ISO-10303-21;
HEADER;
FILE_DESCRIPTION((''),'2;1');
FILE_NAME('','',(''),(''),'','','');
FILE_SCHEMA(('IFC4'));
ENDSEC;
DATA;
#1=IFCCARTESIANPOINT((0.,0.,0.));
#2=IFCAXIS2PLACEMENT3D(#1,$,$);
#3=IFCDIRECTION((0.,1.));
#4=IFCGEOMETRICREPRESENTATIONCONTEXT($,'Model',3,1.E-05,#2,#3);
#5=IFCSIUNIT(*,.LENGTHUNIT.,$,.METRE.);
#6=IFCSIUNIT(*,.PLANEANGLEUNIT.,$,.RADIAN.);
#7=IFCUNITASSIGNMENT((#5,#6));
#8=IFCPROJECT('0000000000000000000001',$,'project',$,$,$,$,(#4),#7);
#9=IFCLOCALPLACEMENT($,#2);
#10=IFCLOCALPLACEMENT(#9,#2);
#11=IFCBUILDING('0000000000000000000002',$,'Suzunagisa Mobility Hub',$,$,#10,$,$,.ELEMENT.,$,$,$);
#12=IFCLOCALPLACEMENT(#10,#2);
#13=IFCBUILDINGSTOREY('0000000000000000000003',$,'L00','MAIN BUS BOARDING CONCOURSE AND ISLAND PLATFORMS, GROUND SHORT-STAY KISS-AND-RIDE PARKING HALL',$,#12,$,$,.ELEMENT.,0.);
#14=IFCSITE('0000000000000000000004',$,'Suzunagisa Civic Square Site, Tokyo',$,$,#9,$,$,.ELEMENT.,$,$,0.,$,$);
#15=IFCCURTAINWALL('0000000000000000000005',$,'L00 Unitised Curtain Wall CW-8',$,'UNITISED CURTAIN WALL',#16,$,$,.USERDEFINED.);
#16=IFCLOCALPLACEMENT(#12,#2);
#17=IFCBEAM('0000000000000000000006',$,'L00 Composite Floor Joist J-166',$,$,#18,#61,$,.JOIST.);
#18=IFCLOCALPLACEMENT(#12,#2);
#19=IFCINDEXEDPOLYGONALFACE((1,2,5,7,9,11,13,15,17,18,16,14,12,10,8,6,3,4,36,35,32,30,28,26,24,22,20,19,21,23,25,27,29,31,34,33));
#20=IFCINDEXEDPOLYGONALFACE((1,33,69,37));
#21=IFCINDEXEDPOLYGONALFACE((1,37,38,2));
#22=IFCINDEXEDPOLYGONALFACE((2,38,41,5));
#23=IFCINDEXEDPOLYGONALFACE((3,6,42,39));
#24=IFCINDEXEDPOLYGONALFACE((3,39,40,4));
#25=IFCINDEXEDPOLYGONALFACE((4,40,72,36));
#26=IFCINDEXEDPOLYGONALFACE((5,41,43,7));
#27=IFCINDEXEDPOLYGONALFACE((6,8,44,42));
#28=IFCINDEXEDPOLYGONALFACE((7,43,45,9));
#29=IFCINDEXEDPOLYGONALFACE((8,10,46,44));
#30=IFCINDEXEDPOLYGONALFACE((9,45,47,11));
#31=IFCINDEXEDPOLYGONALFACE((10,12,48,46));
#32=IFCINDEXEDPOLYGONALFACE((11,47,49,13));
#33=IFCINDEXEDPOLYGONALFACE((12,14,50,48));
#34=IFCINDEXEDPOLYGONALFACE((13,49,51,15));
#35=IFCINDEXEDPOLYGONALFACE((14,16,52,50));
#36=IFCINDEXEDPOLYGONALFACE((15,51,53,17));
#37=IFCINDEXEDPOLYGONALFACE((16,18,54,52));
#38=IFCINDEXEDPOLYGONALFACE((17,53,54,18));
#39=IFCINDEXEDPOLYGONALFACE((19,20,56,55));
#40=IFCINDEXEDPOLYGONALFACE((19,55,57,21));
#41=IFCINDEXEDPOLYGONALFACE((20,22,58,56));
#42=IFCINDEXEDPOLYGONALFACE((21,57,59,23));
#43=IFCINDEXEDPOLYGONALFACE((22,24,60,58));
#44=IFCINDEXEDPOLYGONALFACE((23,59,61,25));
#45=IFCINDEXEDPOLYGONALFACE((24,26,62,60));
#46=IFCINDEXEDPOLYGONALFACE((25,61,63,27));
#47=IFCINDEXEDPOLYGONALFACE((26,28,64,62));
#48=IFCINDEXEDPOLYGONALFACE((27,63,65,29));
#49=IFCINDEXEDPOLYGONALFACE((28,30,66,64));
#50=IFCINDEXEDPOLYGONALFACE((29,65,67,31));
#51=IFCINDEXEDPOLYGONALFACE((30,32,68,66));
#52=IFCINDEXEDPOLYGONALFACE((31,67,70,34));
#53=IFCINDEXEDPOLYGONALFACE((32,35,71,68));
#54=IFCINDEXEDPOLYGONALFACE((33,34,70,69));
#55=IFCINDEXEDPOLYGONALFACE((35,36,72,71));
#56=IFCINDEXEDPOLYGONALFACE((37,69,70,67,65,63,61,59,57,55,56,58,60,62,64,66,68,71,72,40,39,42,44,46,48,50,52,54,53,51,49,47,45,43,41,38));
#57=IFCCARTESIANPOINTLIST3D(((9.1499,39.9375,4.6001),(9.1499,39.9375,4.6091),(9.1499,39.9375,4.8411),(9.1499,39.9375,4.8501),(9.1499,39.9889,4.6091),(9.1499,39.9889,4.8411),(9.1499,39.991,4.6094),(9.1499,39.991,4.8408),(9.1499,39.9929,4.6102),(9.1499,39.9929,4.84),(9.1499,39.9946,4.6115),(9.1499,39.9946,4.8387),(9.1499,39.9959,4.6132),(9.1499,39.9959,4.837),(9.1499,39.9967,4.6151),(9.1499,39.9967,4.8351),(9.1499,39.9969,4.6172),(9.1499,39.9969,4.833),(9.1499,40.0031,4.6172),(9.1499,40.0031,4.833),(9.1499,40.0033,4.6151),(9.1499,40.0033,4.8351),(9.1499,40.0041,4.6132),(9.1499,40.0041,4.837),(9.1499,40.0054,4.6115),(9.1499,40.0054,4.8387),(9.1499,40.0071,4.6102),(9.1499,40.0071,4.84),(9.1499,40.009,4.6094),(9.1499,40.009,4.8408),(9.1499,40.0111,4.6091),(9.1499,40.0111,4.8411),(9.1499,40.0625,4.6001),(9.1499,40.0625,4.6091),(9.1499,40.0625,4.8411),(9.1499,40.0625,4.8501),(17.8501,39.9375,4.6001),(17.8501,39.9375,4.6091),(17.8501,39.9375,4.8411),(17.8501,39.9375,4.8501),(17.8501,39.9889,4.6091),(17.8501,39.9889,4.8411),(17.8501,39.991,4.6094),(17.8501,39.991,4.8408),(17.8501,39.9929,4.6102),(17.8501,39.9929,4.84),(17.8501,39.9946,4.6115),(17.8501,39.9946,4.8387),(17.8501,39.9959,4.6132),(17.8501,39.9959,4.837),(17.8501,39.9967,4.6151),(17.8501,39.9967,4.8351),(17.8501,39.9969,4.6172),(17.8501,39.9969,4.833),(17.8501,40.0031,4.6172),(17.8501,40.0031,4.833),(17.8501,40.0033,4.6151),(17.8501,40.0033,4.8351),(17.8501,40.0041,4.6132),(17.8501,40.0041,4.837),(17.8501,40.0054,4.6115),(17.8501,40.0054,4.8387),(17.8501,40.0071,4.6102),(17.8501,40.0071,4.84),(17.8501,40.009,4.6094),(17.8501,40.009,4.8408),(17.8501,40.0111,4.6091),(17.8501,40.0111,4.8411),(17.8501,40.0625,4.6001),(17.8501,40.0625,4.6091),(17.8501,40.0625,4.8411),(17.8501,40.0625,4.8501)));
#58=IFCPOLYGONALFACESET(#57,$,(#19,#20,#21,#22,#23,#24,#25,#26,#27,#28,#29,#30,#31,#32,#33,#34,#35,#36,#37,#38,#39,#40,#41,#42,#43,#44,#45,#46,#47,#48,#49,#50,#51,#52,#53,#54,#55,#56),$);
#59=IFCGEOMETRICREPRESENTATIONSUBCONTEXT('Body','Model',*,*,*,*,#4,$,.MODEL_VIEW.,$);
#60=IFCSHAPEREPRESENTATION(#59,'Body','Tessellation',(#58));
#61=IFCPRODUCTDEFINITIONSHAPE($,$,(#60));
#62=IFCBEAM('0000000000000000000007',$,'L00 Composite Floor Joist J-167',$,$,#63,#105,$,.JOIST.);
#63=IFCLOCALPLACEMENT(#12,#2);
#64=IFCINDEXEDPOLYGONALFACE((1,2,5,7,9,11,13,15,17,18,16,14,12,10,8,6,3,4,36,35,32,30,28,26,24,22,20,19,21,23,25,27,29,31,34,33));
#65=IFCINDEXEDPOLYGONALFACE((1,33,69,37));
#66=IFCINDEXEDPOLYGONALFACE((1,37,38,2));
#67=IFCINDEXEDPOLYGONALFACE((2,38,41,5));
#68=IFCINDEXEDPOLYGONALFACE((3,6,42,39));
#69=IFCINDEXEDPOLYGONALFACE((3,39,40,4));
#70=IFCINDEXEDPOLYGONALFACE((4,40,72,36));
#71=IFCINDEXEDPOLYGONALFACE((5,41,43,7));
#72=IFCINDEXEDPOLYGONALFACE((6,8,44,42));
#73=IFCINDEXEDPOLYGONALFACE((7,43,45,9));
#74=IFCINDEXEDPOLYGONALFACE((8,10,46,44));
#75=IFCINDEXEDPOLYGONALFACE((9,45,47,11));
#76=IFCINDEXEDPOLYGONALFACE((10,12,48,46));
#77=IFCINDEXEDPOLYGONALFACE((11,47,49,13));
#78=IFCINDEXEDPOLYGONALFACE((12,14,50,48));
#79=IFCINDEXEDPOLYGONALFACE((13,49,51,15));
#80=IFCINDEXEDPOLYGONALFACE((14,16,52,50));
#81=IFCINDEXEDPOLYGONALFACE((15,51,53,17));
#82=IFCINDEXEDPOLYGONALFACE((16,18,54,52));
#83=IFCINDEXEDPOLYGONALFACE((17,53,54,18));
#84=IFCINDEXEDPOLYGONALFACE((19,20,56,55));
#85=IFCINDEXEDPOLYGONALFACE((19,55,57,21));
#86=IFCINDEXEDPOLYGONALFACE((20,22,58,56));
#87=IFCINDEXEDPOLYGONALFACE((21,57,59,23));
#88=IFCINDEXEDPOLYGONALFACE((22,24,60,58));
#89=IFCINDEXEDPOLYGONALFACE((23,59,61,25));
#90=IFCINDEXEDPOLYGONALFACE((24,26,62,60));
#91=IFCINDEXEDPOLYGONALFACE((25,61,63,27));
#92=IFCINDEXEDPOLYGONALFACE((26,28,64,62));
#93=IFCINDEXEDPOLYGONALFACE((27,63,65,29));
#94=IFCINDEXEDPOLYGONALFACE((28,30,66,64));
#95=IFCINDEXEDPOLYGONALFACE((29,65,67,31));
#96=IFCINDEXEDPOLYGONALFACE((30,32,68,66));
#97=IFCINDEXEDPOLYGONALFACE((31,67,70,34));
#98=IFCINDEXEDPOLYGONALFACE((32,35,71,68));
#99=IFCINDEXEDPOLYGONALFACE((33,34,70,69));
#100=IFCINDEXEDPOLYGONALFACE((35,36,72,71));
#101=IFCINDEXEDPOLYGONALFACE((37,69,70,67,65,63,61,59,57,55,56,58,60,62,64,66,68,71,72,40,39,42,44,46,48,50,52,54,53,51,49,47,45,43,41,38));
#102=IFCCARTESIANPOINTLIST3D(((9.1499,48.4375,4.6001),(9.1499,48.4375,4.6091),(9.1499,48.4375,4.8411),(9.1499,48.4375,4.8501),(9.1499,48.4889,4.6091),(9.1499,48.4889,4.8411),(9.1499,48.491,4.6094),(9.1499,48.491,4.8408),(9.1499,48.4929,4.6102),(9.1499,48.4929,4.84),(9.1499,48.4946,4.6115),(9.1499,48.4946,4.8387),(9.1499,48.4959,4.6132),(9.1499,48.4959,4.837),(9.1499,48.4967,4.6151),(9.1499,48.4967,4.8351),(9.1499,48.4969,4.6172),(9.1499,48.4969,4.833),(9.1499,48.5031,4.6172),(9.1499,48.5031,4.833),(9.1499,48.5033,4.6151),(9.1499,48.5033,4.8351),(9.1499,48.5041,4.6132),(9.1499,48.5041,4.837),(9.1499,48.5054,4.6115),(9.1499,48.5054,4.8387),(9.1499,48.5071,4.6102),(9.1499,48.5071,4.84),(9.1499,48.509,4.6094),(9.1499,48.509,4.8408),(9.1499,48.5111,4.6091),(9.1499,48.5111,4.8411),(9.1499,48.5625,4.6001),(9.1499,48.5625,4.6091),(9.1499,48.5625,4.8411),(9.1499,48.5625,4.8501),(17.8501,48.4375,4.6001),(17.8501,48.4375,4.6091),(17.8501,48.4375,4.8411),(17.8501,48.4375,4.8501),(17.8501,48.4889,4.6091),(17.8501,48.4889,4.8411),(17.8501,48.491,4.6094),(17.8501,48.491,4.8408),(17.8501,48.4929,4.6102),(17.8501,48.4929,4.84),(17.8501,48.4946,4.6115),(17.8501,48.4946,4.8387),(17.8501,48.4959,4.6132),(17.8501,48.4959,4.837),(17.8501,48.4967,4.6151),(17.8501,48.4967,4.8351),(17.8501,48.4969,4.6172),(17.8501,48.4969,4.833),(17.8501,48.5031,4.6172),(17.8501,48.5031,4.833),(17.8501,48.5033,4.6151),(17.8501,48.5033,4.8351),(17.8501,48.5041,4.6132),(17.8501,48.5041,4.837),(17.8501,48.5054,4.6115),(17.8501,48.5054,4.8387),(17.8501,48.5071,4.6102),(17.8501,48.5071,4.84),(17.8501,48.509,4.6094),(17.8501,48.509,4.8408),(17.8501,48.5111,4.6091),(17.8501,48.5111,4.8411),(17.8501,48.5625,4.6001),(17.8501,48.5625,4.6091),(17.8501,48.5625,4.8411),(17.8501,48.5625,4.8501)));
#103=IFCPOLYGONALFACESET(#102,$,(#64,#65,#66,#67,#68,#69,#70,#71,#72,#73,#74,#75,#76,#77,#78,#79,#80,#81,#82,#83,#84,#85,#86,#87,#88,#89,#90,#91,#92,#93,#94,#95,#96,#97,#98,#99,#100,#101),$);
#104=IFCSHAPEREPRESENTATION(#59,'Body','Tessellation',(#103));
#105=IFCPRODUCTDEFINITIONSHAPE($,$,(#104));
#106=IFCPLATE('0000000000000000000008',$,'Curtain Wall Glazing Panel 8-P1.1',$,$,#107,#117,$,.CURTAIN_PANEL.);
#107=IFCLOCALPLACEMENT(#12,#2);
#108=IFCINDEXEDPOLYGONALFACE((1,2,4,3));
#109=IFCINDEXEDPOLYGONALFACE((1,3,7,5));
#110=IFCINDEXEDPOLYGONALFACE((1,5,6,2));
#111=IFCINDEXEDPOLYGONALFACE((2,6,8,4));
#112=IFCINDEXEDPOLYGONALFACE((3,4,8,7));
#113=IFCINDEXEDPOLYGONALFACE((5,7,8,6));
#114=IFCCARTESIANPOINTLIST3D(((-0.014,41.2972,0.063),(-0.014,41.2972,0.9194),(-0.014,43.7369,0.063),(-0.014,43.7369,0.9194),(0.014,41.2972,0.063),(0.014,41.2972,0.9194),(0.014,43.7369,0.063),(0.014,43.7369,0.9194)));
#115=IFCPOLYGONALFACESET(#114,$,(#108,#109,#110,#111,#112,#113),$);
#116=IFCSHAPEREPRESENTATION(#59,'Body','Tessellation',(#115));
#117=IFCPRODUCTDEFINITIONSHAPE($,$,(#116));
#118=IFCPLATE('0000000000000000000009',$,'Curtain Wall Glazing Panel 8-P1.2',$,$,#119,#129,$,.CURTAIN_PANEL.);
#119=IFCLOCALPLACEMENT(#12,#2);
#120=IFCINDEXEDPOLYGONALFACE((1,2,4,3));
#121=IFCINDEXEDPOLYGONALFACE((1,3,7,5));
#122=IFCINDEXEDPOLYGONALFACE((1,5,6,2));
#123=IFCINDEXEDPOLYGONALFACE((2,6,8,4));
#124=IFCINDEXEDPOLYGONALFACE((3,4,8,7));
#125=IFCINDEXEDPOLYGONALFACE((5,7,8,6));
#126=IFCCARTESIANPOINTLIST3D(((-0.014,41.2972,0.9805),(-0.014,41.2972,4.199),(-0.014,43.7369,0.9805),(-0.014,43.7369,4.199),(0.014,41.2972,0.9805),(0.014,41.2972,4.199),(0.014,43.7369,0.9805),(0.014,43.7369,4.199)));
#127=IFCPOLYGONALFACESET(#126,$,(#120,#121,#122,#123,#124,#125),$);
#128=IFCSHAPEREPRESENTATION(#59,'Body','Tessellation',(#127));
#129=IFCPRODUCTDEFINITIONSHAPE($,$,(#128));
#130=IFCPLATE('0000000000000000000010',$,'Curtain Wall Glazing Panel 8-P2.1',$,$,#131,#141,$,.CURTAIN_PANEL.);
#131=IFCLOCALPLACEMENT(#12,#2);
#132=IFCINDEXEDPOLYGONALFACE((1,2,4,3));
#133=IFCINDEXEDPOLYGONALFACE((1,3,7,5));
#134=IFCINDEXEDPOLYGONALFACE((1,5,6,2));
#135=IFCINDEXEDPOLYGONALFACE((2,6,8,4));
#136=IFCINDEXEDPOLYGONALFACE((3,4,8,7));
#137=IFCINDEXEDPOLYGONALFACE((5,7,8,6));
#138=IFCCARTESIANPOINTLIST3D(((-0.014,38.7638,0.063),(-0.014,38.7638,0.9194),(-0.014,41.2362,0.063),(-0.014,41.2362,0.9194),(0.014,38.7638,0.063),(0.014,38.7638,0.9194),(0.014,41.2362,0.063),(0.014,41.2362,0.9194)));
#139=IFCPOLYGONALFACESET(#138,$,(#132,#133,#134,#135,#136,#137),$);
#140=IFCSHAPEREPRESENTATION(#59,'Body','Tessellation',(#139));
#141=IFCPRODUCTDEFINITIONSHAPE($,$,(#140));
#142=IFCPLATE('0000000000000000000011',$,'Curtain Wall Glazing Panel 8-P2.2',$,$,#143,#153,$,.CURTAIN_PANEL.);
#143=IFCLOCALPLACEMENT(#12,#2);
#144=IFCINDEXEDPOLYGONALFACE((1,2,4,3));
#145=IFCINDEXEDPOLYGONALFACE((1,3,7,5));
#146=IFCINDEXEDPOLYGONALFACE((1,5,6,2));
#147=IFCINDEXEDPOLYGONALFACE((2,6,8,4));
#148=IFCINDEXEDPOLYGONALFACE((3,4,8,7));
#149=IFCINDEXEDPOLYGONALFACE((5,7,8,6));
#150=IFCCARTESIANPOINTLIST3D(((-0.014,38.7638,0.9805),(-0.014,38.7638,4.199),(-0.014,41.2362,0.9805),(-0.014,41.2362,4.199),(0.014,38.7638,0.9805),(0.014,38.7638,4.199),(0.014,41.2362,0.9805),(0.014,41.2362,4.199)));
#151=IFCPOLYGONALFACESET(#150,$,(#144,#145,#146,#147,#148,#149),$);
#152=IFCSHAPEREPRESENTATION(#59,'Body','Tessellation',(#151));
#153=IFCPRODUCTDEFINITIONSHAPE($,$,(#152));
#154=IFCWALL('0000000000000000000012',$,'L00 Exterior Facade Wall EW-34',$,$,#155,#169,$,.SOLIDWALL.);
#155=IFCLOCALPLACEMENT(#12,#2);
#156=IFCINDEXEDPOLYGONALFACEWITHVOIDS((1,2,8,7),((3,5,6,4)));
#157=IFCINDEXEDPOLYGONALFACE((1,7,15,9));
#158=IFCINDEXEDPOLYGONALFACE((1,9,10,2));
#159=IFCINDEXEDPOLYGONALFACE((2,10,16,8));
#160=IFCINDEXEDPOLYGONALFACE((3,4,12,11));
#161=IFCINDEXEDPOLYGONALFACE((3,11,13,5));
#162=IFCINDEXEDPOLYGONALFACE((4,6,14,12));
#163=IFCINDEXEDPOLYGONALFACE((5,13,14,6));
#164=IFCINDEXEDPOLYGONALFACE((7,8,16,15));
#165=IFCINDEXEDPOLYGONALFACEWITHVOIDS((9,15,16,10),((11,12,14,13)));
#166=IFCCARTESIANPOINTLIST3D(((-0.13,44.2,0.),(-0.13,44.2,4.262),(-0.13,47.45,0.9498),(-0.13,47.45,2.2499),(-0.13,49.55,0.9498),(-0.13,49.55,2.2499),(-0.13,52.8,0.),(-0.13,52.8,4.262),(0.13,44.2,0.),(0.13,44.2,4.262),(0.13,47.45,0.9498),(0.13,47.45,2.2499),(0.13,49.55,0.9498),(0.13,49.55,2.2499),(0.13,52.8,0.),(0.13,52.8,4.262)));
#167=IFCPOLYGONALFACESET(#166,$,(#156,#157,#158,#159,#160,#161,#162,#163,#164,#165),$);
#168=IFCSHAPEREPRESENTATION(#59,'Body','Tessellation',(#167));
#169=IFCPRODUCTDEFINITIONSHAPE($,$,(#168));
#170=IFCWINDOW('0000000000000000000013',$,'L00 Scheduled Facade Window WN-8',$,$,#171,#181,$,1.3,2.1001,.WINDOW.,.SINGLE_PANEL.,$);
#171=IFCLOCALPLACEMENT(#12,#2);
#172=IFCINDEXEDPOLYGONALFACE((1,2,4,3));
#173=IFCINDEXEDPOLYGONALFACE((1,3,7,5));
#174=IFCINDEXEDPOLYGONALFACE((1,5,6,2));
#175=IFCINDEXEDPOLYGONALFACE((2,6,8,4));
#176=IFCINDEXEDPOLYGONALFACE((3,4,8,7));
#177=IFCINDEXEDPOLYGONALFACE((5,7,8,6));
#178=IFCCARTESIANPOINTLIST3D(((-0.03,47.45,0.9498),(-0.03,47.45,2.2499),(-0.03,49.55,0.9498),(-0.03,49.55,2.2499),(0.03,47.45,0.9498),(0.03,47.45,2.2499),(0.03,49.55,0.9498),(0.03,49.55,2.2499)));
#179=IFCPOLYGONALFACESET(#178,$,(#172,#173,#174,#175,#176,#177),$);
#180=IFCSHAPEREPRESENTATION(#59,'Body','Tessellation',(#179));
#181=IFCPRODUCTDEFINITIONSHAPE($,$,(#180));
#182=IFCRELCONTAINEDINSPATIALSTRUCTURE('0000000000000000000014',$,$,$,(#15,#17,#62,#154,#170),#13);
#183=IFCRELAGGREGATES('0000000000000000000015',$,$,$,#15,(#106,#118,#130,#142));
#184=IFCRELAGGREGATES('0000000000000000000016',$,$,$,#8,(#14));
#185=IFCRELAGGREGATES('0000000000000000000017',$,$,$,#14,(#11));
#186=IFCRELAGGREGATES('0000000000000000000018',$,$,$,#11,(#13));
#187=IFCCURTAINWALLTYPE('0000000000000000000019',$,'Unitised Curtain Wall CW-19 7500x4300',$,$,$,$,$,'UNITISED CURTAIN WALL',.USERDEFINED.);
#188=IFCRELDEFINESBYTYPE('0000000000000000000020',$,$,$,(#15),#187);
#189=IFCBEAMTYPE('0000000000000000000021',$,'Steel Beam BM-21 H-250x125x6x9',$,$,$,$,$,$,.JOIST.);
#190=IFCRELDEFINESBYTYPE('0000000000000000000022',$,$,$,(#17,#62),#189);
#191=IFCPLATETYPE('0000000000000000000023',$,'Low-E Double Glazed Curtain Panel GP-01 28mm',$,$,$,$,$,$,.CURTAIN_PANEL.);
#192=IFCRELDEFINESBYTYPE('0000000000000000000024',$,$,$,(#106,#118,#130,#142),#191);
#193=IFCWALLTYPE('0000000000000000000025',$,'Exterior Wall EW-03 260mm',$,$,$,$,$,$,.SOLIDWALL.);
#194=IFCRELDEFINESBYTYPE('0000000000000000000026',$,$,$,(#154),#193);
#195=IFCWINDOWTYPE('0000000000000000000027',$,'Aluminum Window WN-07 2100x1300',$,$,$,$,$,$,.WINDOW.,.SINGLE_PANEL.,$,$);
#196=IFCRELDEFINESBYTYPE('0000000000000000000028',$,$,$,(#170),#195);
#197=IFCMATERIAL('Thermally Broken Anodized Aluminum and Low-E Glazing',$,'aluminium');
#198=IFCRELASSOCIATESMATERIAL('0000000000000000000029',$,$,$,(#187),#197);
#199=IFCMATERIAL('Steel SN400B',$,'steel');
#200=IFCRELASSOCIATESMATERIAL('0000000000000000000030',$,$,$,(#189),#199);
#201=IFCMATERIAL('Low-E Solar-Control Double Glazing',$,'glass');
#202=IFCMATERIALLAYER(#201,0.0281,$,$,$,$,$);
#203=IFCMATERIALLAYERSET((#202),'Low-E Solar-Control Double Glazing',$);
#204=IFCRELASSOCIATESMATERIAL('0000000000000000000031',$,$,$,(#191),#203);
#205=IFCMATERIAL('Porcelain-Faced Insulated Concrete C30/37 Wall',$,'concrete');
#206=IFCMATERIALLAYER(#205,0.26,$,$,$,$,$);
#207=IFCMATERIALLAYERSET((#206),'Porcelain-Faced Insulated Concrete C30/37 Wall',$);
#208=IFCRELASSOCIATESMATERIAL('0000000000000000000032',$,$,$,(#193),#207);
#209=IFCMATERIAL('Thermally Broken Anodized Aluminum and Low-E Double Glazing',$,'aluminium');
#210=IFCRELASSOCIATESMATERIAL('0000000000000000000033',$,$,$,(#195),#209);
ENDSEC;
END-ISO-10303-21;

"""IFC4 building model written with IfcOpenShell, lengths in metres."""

from ifc_helpers import new_model, si_unit, direction, frame, frame_2d, origin, origin_2d, place, context, subcontext, project, spatial, rectangle, i_section, extrude, material, layer, layer_set, material_profile, profile_set, type_object, element, fill, aggregate, save


model = new_model("IFC4")

# Units and contexts
model_context = context("Model", 3, precision=1e-05, world=origin(), true_north=direction((0.0, 1.0)))
body_context = subcontext(model_context, "Body", "Model", "MODEL_VIEW")
ifc_project = project(units=[si_unit("LENGTHUNIT", "METRE"), si_unit("PLANEANGLEUNIT", "RADIAN")], contexts=[model_context])

# Site, building, storey
site_placement = place(None, origin())
site = spatial("IfcSite", under=ifc_project, at=site_placement, Name="Suzunagisa Civic Square Site, Tokyo", CompositionType="ELEMENT", RefElevation=0.0)
building_placement = place(site_placement, origin())
building = spatial("IfcBuilding", under=site, at=building_placement, Name="Suzunagisa Mobility Hub", CompositionType="ELEMENT")
storey_placement = place(building_placement, origin())
storey = spatial("IfcBuildingStorey", under=building, at=storey_placement, Name="L00", Description="MAIN BUS BOARDING CONCOURSE AND ISLAND PLATFORMS, GROUND SHORT-STAY KISS-AND-RIDE PARKING HALL", CompositionType="ELEMENT", Elevation=0.0)

# Curtain wall
ifc_material_1 = material(Name="Thermally Broken Anodized Aluminum and Low-E Glazing", Category="aluminium")
curtain_wall_type = type_object("IfcCurtainWallType", Name="Unitised Curtain Wall CW-19 7500x4300", ElementType="UNITISED CURTAIN WALL", PredefinedType="USERDEFINED", material=ifc_material_1)
curtain_wall_placement = place(storey_placement, origin())
curtain_wall = element("IfcCurtainWall", 1, at=curtain_wall_placement, inside=storey, type_object=curtain_wall_type, Name="L00 Unitised Curtain Wall CW-8", ObjectType="UNITISED CURTAIN WALL", PredefinedType="USERDEFINED")

# Beams
ifc_material_2 = material(Name="Steel SN400B", Category="steel")
ifc_material_profile_1 = material_profile(ifc_material_2, i_section(OverallWidth=0.125, OverallDepth=0.25, WebThickness=0.0061, FlangeThickness=0.009, FilletRadius=0.0081, at=origin_2d()), Name="H-250x125x6x9")
ifc_profile_set_1 = profile_set([ifc_material_profile_1], Name="Steel SN400B")
beam_type_1 = type_object("IfcBeamType", Name="Steel Beam BM-21 H-250x125x6x9", PredefinedType="JOIST", material=ifc_profile_set_1)
for number, where, z_axis, x_axis, name in (
    (2, (9.1499, 40.0, 4.7251), (1.0, 0.0, 0.0), (0.0, 1.0, 0.0), "L00 Composite Floor Joist J-166"),
    (3, (9.1499, 48.5, 4.7251), (1.0, 0.0, 0.0), (0.0, 1.0, 0.0), "L00 Composite Floor Joist J-167"),
):
    element("IfcBeam", number, at=place(storey_placement, frame(where, z_axis=z_axis, x_axis=x_axis)), inside=storey, type_object=beam_type_1, Name=name, PredefinedType="JOIST", context=body_context, shape_type="SweptSolid", body=[
        extrude(i_section(OverallWidth=0.125, OverallDepth=0.25, WebThickness=0.0061, FlangeThickness=0.009, FilletRadius=0.0081, at=origin_2d()), origin(), (0.0, 0.0, 1.0), 8.7002),
    ])

# Plates
ifc_material_3 = material(Name="Low-E Solar-Control Double Glazing", Category="glass")
ifc_layer_1 = layer(ifc_material_3, 0.0281)
ifc_layer_set_1 = layer_set([ifc_layer_1], Name="Low-E Solar-Control Double Glazing")
plate_type = type_object("IfcPlateType", Name="Low-E Double Glazed Curtain Panel GP-01 28mm", PredefinedType="CURTAIN_PANEL", material=ifc_layer_set_1)
plate_1_placement = place(storey_placement, frame((0.0, 42.5171, 0.063), z_axis=(0.0, 0.0, 1.0), x_axis=(0.0, -1.0, 0.0)))
plate_1 = element("IfcPlate", 4, at=plate_1_placement, type_object=plate_type, Name="Curtain Wall Glazing Panel 8-P1.1", PredefinedType="CURTAIN_PANEL", context=body_context, shape_type="SweptSolid", body=[
    extrude(rectangle(XDim=2.4397, YDim=0.0281, at=origin_2d()), origin(), (0.0, 0.0, 1.0), 0.8564),
])
plate_2_placement = place(storey_placement, frame((0.0, 42.5171, 0.9805), z_axis=(0.0, 0.0, 1.0), x_axis=(0.0, -1.0, 0.0)))
plate_2 = element("IfcPlate", 5, at=plate_2_placement, type_object=plate_type, Name="Curtain Wall Glazing Panel 8-P1.2", PredefinedType="CURTAIN_PANEL", context=body_context, shape_type="SweptSolid", body=[
    extrude(rectangle(XDim=2.4397, YDim=0.0281, at=origin_2d()), origin(), (0.0, 0.0, 1.0), 3.2185),
])
plate_3_placement = place(storey_placement, frame((0.0, 40.0, 0.063), z_axis=(0.0, 0.0, 1.0), x_axis=(0.0, -1.0, 0.0)))
plate_3 = element("IfcPlate", 6, at=plate_3_placement, type_object=plate_type, Name="Curtain Wall Glazing Panel 8-P2.1", PredefinedType="CURTAIN_PANEL", context=body_context, shape_type="SweptSolid", body=[
    extrude(rectangle(XDim=2.4724, YDim=0.0281, at=origin_2d()), origin(), (0.0, 0.0, 1.0), 0.8564),
])
plate_4_placement = place(storey_placement, frame((0.0, 40.0, 0.9805), z_axis=(0.0, 0.0, 1.0), x_axis=(0.0, -1.0, 0.0)))
plate_4 = element("IfcPlate", 7, at=plate_4_placement, type_object=plate_type, Name="Curtain Wall Glazing Panel 8-P2.2", PredefinedType="CURTAIN_PANEL", context=body_context, shape_type="SweptSolid", body=[
    extrude(rectangle(XDim=2.4724, YDim=0.0281, at=origin_2d()), origin(), (0.0, 0.0, 1.0), 3.2185),
])
aggregate(curtain_wall, [plate_1, plate_2, plate_3, plate_4])

# Wall, opening, window
ifc_material_4 = material(Name="Porcelain-Faced Insulated Concrete C30/37 Wall", Category="concrete")
ifc_layer_2 = layer(ifc_material_4, 0.26)
ifc_layer_set_2 = layer_set([ifc_layer_2], Name="Porcelain-Faced Insulated Concrete C30/37 Wall")
wall_type = type_object("IfcWallType", Name="Exterior Wall EW-03 260mm", PredefinedType="SOLIDWALL", material=ifc_layer_set_2)
wall_placement = place(storey_placement, frame((0.0, 52.8, 0.0), z_axis=(0.0, 0.0, 1.0), x_axis=(0.0, -1.0, 0.0)))
wall = element("IfcWall", 8, at=wall_placement, inside=storey, type_object=wall_type, Name="L00 Exterior Facade Wall EW-34", PredefinedType="SOLIDWALL", context=body_context, shape_type="SweptSolid", body=[
    extrude(rectangle(XDim=8.6001, YDim=0.26, at=frame_2d((4.3, 0.0))), origin(), (0.0, 0.0, 1.0), 4.262),
])
opening_placement = place(wall_placement, frame((3.25, 0.0, 0.95)))
opening = element("IfcOpeningElement", 9, at=opening_placement, cuts=wall, PredefinedType="OPENING", context=body_context, shape_type="SweptSolid", body=[
    extrude(rectangle(XDim=2.1001, YDim=1.3, at=frame_2d((1.05, 0.6499))), frame((0.0, 0.1411, 0.0), z_axis=(0.0, -1.0, 0.0), x_axis=(1.0, 0.0, 0.0)), (0.0, 0.0, 1.0), 0.282),
])
ifc_material_5 = material(Name="Thermally Broken Anodized Aluminum and Low-E Double Glazing", Category="aluminium")
window_type = type_object("IfcWindowType", Name="Aluminum Window WN-07 2100x1300", PartitioningType="SINGLE_PANEL", PredefinedType="WINDOW", material=ifc_material_5)
window_placement = place(opening_placement, origin())
window = element("IfcWindow", 10, at=window_placement, inside=storey, type_object=window_type, Name="L00 Scheduled Facade Window WN-8", OverallHeight=1.3, OverallWidth=2.1001, PartitioningType="SINGLE_PANEL", PredefinedType="WINDOW", context=body_context, shape_type="SweptSolid", body=[
    extrude(rectangle(XDim=2.1001, YDim=1.3, at=frame_2d((1.05, 0.6499))), frame((0.0, 0.03, 0.0), z_axis=(0.0, -1.0, 0.0), x_axis=(1.0, 0.0, 0.0)), (0.0, 0.0, 1.0), 0.0601),
])
fill(opening, window)

save(model, "model.ifc")
